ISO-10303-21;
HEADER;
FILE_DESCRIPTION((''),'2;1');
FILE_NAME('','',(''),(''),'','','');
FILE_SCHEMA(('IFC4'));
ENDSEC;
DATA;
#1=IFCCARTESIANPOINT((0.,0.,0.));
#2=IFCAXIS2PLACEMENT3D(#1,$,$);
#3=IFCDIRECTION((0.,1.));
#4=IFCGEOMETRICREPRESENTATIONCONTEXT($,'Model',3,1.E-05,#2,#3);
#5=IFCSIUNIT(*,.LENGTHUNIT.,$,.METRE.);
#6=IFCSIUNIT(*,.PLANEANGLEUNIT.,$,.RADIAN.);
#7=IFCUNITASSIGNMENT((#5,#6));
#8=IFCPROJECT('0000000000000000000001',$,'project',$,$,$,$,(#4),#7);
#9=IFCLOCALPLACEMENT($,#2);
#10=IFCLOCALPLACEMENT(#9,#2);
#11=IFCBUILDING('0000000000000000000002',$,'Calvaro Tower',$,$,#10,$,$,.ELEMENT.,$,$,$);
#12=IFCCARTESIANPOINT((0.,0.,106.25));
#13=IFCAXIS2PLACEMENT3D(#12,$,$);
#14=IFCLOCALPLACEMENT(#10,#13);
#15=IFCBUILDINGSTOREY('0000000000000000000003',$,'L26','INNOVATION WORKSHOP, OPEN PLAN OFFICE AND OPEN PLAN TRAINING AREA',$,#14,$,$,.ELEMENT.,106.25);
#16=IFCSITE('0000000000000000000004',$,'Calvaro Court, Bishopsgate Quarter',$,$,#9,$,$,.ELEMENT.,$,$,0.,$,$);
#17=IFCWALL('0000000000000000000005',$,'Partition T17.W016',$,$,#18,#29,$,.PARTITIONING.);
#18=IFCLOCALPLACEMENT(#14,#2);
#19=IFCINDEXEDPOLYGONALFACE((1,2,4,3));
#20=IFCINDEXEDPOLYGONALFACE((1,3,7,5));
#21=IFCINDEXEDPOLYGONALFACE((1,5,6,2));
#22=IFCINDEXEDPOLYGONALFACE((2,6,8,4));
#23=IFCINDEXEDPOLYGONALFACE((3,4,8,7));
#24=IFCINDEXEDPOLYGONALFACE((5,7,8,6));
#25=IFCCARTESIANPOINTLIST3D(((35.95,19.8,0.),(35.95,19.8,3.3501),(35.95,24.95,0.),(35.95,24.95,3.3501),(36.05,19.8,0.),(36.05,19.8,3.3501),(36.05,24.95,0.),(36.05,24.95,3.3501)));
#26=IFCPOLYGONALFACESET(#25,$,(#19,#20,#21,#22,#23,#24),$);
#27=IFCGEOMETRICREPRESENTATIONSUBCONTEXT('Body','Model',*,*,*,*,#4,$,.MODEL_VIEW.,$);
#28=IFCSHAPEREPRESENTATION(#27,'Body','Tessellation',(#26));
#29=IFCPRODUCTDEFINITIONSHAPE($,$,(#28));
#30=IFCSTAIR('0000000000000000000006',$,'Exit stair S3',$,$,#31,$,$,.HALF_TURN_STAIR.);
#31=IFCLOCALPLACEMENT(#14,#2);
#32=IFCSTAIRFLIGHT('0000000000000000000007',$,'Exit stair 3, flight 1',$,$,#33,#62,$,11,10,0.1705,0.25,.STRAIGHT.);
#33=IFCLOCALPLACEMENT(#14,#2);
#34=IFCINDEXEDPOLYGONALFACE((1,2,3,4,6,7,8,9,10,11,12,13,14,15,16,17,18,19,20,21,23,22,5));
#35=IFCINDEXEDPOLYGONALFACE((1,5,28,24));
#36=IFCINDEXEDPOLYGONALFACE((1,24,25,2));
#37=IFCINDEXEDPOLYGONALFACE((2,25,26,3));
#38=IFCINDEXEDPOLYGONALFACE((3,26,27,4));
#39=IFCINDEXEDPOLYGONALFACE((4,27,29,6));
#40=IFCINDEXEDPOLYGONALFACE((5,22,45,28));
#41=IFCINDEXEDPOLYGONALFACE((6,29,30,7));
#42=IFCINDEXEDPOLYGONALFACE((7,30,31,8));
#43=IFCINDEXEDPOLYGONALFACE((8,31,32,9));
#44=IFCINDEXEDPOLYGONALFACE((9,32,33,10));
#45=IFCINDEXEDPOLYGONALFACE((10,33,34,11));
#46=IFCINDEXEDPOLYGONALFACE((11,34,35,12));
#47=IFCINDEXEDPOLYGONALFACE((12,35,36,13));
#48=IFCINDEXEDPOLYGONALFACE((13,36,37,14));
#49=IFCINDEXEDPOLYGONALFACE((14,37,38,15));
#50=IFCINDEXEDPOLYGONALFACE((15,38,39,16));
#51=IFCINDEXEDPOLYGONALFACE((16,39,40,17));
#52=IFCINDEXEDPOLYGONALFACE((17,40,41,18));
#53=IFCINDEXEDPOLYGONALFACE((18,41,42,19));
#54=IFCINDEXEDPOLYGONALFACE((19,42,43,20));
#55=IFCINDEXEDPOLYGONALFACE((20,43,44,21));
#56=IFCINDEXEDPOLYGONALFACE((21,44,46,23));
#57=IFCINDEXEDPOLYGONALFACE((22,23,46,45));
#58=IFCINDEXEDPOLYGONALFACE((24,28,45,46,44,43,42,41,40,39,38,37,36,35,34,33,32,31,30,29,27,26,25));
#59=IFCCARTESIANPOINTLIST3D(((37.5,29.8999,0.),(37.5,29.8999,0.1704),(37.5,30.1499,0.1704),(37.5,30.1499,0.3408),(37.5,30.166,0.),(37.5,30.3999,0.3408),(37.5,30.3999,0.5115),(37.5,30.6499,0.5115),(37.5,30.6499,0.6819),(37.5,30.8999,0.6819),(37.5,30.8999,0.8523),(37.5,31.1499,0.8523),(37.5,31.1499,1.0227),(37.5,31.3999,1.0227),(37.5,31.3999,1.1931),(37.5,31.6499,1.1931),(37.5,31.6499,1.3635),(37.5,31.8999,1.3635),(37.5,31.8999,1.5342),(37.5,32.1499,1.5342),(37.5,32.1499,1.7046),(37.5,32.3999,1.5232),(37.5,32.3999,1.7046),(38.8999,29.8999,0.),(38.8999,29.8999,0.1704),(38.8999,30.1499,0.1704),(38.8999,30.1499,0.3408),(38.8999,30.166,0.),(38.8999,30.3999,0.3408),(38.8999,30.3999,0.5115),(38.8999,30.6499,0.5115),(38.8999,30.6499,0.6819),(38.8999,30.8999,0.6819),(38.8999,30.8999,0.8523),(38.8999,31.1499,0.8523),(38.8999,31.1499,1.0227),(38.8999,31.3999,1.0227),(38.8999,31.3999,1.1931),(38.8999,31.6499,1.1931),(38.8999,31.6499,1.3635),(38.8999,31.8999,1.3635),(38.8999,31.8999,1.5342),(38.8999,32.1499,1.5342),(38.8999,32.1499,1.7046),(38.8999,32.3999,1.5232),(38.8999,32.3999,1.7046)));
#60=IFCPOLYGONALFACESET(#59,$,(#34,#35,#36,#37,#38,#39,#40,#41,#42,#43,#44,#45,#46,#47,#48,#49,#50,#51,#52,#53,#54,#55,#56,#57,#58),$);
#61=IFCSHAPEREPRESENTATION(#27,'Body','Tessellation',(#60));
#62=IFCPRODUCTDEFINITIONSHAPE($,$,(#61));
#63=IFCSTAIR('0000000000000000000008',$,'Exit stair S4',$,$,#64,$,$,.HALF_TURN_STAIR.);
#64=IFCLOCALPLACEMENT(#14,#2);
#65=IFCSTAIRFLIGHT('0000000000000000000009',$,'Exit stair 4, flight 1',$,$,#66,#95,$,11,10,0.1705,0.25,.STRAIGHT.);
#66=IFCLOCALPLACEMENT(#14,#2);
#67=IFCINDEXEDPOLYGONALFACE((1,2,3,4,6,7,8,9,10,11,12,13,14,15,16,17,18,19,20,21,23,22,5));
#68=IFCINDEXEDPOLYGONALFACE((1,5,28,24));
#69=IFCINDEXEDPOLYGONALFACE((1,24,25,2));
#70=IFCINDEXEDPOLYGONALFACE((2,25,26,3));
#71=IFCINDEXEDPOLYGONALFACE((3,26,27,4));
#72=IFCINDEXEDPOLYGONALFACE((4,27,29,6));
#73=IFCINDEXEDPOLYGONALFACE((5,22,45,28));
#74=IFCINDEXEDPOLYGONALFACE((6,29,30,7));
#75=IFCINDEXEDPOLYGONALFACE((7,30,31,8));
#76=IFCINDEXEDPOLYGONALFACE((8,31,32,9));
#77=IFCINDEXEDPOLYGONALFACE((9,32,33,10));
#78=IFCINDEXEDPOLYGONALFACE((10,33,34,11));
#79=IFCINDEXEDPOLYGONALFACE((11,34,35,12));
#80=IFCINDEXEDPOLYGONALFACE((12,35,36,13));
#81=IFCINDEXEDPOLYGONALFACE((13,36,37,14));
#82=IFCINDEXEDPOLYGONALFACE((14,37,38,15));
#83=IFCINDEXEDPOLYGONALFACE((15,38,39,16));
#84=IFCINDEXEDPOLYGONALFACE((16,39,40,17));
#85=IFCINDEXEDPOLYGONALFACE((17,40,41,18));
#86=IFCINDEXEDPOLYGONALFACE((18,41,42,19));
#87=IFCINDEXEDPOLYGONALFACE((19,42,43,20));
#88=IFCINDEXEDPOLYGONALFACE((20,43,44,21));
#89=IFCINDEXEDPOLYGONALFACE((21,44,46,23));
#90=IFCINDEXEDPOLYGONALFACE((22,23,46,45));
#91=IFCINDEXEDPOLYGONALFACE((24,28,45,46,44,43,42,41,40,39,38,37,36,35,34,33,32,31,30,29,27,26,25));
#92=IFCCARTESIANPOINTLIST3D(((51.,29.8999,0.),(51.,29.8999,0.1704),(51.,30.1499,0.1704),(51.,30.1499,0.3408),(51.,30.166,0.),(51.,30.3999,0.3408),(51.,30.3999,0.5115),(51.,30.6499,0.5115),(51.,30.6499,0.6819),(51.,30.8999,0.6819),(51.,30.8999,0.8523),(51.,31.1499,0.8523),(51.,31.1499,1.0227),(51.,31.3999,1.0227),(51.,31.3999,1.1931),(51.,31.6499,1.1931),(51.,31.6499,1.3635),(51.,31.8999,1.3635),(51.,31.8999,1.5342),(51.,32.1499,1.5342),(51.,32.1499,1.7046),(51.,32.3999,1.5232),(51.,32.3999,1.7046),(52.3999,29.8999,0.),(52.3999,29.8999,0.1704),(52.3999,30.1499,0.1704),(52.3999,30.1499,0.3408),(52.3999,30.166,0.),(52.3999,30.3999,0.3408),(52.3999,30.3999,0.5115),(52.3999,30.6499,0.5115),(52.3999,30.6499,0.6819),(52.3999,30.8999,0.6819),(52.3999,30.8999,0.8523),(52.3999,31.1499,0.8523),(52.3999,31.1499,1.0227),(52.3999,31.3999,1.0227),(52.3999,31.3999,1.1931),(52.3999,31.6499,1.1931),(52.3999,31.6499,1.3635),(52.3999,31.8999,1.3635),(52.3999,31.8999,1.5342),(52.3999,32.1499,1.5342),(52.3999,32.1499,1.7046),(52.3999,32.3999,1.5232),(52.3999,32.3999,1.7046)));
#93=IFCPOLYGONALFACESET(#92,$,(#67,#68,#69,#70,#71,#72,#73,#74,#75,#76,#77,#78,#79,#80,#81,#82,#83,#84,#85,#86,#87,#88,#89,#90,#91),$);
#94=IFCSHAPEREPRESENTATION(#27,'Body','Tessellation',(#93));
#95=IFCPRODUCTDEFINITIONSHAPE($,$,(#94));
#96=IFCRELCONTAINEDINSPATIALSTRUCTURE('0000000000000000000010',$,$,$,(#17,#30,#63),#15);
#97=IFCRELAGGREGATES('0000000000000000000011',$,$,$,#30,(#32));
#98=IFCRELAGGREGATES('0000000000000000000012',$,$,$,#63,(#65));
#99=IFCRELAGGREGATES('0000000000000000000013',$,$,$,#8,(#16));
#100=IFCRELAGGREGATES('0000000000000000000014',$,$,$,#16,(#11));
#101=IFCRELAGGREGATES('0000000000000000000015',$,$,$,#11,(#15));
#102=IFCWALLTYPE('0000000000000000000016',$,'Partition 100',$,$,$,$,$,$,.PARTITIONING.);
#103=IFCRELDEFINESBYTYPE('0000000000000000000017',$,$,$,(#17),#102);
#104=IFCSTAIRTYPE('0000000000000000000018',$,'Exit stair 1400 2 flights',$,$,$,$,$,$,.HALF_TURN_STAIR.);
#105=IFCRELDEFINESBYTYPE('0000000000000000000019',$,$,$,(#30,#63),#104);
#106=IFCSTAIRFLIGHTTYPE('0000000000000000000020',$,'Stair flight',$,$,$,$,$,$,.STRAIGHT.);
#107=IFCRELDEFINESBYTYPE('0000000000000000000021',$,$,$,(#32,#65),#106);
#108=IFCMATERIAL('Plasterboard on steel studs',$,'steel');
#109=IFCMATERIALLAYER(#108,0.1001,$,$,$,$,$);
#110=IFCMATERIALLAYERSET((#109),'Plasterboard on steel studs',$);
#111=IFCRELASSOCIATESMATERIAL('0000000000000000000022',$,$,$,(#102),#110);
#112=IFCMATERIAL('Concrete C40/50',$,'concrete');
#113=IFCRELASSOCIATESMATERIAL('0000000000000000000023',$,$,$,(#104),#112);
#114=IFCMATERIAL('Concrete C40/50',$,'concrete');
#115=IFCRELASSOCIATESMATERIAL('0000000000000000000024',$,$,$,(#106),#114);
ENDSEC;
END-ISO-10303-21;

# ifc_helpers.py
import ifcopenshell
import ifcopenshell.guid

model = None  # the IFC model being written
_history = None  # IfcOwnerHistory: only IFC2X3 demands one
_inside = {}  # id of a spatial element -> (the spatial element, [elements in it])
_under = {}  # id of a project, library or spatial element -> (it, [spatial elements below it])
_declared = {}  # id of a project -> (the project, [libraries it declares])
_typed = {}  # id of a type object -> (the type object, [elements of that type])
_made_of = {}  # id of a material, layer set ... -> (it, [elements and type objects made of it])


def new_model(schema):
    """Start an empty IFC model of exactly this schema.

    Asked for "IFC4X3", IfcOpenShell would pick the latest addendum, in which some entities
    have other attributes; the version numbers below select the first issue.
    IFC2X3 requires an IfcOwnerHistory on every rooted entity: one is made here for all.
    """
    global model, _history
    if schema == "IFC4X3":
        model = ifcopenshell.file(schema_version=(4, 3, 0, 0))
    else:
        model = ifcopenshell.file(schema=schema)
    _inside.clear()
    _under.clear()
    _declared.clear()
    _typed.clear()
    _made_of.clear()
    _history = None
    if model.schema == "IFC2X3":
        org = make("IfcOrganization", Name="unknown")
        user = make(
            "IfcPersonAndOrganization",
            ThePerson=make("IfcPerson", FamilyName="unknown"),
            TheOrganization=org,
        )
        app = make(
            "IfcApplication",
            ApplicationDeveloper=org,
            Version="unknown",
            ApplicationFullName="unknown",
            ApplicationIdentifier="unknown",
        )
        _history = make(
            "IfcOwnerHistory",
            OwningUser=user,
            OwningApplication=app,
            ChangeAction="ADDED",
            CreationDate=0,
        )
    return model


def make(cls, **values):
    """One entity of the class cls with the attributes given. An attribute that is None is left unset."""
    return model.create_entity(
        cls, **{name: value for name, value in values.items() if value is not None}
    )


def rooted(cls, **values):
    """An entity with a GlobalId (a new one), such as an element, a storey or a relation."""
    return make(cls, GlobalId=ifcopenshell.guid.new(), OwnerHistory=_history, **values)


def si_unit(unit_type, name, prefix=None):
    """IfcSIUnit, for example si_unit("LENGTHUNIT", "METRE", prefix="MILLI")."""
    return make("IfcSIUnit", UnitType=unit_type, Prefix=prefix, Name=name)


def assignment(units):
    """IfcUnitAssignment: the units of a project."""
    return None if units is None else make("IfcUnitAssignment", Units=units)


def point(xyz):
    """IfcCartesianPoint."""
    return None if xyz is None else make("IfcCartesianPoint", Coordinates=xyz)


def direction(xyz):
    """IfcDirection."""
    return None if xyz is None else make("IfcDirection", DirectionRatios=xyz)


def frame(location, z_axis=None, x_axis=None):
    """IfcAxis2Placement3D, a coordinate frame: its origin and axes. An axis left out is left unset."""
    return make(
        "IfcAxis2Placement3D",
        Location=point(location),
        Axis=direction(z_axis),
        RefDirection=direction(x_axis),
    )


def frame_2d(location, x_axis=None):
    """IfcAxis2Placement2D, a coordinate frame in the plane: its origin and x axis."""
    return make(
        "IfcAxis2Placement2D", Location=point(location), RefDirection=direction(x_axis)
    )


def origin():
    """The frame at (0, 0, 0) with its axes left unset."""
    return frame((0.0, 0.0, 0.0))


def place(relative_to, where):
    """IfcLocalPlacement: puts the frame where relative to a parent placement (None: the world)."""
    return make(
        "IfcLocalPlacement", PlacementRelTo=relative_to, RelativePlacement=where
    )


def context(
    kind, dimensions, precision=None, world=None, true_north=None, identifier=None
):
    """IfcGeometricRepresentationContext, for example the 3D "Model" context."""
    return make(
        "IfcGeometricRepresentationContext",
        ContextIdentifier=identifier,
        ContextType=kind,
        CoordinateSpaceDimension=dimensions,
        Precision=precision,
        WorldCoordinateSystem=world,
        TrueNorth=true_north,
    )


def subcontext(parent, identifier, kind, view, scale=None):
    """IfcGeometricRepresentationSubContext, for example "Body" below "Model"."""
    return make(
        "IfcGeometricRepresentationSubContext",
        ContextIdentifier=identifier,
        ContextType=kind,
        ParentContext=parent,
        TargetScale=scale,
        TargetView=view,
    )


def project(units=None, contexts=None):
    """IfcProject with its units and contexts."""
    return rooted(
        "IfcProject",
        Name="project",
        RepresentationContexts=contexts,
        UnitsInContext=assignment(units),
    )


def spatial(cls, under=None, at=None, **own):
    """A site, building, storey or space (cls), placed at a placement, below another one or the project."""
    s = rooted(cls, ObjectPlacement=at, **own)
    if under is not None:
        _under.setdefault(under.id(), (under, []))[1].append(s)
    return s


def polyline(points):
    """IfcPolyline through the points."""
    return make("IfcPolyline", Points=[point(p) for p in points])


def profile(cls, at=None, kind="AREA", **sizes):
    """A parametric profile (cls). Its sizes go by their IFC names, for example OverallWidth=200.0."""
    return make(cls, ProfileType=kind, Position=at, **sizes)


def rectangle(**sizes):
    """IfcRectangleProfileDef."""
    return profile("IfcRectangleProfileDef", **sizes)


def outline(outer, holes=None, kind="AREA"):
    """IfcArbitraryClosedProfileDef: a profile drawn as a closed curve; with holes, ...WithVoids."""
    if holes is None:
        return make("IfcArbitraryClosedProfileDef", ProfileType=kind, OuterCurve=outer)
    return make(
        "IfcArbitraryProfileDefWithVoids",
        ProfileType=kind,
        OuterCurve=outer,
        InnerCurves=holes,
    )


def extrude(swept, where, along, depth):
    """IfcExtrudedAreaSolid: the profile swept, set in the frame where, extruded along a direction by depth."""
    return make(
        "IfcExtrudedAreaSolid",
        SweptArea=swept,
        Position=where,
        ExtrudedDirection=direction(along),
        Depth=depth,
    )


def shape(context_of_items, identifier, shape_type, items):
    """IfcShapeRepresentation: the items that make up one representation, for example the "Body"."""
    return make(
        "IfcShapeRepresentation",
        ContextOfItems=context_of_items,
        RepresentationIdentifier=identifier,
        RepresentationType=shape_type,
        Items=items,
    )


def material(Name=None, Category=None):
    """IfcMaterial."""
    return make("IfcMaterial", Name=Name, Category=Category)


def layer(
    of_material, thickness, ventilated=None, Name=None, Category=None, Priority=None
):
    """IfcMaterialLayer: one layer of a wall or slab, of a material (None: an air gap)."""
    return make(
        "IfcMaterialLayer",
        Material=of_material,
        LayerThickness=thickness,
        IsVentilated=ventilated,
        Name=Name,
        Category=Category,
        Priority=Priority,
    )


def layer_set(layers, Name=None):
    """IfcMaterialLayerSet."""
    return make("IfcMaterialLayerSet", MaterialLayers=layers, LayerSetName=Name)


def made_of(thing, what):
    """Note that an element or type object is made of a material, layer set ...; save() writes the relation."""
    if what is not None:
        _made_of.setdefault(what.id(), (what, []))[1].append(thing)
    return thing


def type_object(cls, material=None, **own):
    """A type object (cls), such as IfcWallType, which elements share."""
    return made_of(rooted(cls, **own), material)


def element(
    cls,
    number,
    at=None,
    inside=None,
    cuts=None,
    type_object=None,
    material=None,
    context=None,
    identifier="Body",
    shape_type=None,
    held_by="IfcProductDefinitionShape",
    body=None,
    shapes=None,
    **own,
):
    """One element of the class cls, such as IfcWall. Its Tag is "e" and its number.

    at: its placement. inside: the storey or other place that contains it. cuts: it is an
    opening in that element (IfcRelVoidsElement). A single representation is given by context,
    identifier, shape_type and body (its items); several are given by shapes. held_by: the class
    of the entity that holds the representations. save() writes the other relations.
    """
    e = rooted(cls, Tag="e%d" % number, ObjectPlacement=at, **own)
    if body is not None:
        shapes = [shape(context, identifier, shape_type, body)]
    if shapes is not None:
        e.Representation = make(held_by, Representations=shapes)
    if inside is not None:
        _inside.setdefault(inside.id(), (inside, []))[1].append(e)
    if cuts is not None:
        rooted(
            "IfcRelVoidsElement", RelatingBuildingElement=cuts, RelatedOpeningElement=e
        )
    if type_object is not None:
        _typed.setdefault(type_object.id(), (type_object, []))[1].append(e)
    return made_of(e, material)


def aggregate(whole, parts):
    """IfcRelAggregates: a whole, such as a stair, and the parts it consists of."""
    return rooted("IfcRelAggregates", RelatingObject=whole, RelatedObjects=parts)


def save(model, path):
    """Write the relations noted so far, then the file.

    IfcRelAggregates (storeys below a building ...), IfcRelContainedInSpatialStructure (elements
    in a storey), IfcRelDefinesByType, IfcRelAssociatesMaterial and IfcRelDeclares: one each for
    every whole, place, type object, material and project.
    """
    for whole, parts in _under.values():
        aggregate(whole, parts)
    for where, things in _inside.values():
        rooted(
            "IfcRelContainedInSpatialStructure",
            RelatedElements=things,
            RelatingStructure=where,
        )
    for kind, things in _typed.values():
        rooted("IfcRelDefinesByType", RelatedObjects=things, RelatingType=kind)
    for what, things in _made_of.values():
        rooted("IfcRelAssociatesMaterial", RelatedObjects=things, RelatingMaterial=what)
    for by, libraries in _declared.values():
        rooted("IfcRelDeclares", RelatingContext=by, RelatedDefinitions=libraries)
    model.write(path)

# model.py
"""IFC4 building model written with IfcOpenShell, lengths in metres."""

from ifc_helpers import new_model, si_unit, direction, frame, frame_2d, origin, place, context, subcontext, project, spatial, polyline, rectangle, outline, extrude, material, layer, layer_set, type_object, element, aggregate, save


model = new_model("IFC4")

# Units and contexts
model_context = context("Model", 3, precision=1e-05, world=origin(), true_north=direction((0.0, 1.0)))
body_context = subcontext(model_context, "Body", "Model", "MODEL_VIEW")
ifc_project = project(units=[si_unit("LENGTHUNIT", "METRE"), si_unit("PLANEANGLEUNIT", "RADIAN")], contexts=[model_context])

# Site, building, storey
site_placement = place(None, origin())
site = spatial("IfcSite", under=ifc_project, at=site_placement, Name="Calvaro Court, Bishopsgate Quarter", CompositionType="ELEMENT", RefElevation=0.0)
building_placement = place(site_placement, origin())
building = spatial("IfcBuilding", under=site, at=building_placement, Name="Calvaro Tower", CompositionType="ELEMENT")
storey_placement = place(building_placement, frame((0.0, 0.0, 106.25)))
storey = spatial("IfcBuildingStorey", under=building, at=storey_placement, Name="L26", Description="INNOVATION WORKSHOP, OPEN PLAN OFFICE AND OPEN PLAN TRAINING AREA", CompositionType="ELEMENT", Elevation=106.25)

# Shared definitions
ifc_material_1 = material(Name="Plasterboard on steel studs", Category="steel")
ifc_layer_1 = layer(ifc_material_1, 0.1001)
ifc_layer_set_1 = layer_set([ifc_layer_1], Name="Plasterboard on steel studs")
wall_type_1 = type_object("IfcWallType", Name="Partition 100", PredefinedType="PARTITIONING", material=ifc_layer_set_1)

# Wall
wall_1_placement = place(storey_placement, frame((36.0, 19.8, 0.0), z_axis=(0.0, 0.0, 1.0), x_axis=(0.0, 1.0, 0.0)))
element("IfcWall", 1, at=wall_1_placement, inside=storey, type_object=wall_type_1, Name="Partition T17.W016", PredefinedType="PARTITIONING", context=body_context, shape_type="SweptSolid", body=[
    extrude(rectangle(XDim=5.1499, YDim=0.1001, at=frame_2d((2.575, 0.0))), origin(), (0.0, 0.0, 1.0), 3.3501),
])

# Stairs, stair flights
ifc_material_2 = material(Name="Concrete C40/50", Category="concrete")
stair_type = type_object("IfcStairType", Name="Exit stair 1400 2 flights", PredefinedType="HALF_TURN_STAIR", material=ifc_material_2)
stair_1_placement = place(storey_placement, origin())
stair_1 = element("IfcStair", 2, at=stair_1_placement, inside=storey, type_object=stair_type, Name="Exit stair S3", PredefinedType="HALF_TURN_STAIR")
ifc_material_3 = material(Name="Concrete C40/50", Category="concrete")
stair_flight_type = type_object("IfcStairFlightType", Name="Stair flight", PredefinedType="STRAIGHT", material=ifc_material_3)
stair_flight_1_placement = place(storey_placement, frame((38.2, 29.8999, 0.0), z_axis=(0.0, 0.0, 1.0), x_axis=(0.0, 1.0, 0.0)))
stair_flight_1 = element("IfcStairFlight", 3, at=stair_flight_1_placement, type_object=stair_flight_type, Name="Exit stair 3, flight 1", NumberOfRisers=11, NumberOfTreads=10, PredefinedType="STRAIGHT", RiserHeight=0.1705, TreadLength=0.25, context=body_context, shape_type="SweptSolid", body=[
    extrude(outline(polyline([(0.0, 0.0), (0.0, 0.1704), (0.25, 0.1704), (0.25, 0.3408), (0.5, 0.3408), (0.5, 0.5115), (0.75, 0.5115), (0.75, 0.6819), (1.0, 0.6819), (1.0, 0.8523), (1.25, 0.8523), (1.25, 1.0227), (1.5, 1.0227), (1.5, 1.1931), (1.75, 1.1931), (1.75, 1.3635), (2.0, 1.3635), (2.0, 1.5342), (2.25, 1.5342), (2.25, 1.7046), (2.5, 1.7046), (2.5, 1.875), (2.5, 1.5232), (0.2661, 0.0), (0.0, 0.0)])), frame((0.0, 0.7, 0.0), z_axis=(0.0, -1.0, 0.0), x_axis=(1.0, 0.0, 0.0)), (0.0, 0.0, 1.0), 1.3999),
])
stair_2_placement = place(storey_placement, origin())
stair_2 = element("IfcStair", 4, at=stair_2_placement, inside=storey, type_object=stair_type, Name="Exit stair S4", PredefinedType="HALF_TURN_STAIR")
stair_flight_2_placement = place(storey_placement, frame((51.7, 29.8999, 0.0), z_axis=(0.0, 0.0, 1.0), x_axis=(0.0, 1.0, 0.0)))
stair_flight_2 = element("IfcStairFlight", 5, at=stair_flight_2_placement, type_object=stair_flight_type, Name="Exit stair 4, flight 1", NumberOfRisers=11, NumberOfTreads=10, PredefinedType="STRAIGHT", RiserHeight=0.1705, TreadLength=0.25, context=body_context, shape_type="SweptSolid", body=[
    extrude(outline(polyline([(0.0, 0.0), (0.0, 0.1704), (0.25, 0.1704), (0.25, 0.3408), (0.5, 0.3408), (0.5, 0.5115), (0.75, 0.5115), (0.75, 0.6819), (1.0, 0.6819), (1.0, 0.8523), (1.25, 0.8523), (1.25, 1.0227), (1.5, 1.0227), (1.5, 1.1931), (1.75, 1.1931), (1.75, 1.3635), (2.0, 1.3635), (2.0, 1.5342), (2.25, 1.5342), (2.25, 1.7046), (2.5, 1.7046), (2.5, 1.875), (2.5, 1.5232), (0.2661, 0.0), (0.0, 0.0)])), frame((0.0, 0.7, 0.0), z_axis=(0.0, -1.0, 0.0), x_axis=(1.0, 0.0, 0.0)), (0.0, 0.0, 1.0), 1.3999),
])

aggregate(stair_1, [stair_flight_1])
aggregate(stair_2, [stair_flight_2])

save(model, "model.ifc")
